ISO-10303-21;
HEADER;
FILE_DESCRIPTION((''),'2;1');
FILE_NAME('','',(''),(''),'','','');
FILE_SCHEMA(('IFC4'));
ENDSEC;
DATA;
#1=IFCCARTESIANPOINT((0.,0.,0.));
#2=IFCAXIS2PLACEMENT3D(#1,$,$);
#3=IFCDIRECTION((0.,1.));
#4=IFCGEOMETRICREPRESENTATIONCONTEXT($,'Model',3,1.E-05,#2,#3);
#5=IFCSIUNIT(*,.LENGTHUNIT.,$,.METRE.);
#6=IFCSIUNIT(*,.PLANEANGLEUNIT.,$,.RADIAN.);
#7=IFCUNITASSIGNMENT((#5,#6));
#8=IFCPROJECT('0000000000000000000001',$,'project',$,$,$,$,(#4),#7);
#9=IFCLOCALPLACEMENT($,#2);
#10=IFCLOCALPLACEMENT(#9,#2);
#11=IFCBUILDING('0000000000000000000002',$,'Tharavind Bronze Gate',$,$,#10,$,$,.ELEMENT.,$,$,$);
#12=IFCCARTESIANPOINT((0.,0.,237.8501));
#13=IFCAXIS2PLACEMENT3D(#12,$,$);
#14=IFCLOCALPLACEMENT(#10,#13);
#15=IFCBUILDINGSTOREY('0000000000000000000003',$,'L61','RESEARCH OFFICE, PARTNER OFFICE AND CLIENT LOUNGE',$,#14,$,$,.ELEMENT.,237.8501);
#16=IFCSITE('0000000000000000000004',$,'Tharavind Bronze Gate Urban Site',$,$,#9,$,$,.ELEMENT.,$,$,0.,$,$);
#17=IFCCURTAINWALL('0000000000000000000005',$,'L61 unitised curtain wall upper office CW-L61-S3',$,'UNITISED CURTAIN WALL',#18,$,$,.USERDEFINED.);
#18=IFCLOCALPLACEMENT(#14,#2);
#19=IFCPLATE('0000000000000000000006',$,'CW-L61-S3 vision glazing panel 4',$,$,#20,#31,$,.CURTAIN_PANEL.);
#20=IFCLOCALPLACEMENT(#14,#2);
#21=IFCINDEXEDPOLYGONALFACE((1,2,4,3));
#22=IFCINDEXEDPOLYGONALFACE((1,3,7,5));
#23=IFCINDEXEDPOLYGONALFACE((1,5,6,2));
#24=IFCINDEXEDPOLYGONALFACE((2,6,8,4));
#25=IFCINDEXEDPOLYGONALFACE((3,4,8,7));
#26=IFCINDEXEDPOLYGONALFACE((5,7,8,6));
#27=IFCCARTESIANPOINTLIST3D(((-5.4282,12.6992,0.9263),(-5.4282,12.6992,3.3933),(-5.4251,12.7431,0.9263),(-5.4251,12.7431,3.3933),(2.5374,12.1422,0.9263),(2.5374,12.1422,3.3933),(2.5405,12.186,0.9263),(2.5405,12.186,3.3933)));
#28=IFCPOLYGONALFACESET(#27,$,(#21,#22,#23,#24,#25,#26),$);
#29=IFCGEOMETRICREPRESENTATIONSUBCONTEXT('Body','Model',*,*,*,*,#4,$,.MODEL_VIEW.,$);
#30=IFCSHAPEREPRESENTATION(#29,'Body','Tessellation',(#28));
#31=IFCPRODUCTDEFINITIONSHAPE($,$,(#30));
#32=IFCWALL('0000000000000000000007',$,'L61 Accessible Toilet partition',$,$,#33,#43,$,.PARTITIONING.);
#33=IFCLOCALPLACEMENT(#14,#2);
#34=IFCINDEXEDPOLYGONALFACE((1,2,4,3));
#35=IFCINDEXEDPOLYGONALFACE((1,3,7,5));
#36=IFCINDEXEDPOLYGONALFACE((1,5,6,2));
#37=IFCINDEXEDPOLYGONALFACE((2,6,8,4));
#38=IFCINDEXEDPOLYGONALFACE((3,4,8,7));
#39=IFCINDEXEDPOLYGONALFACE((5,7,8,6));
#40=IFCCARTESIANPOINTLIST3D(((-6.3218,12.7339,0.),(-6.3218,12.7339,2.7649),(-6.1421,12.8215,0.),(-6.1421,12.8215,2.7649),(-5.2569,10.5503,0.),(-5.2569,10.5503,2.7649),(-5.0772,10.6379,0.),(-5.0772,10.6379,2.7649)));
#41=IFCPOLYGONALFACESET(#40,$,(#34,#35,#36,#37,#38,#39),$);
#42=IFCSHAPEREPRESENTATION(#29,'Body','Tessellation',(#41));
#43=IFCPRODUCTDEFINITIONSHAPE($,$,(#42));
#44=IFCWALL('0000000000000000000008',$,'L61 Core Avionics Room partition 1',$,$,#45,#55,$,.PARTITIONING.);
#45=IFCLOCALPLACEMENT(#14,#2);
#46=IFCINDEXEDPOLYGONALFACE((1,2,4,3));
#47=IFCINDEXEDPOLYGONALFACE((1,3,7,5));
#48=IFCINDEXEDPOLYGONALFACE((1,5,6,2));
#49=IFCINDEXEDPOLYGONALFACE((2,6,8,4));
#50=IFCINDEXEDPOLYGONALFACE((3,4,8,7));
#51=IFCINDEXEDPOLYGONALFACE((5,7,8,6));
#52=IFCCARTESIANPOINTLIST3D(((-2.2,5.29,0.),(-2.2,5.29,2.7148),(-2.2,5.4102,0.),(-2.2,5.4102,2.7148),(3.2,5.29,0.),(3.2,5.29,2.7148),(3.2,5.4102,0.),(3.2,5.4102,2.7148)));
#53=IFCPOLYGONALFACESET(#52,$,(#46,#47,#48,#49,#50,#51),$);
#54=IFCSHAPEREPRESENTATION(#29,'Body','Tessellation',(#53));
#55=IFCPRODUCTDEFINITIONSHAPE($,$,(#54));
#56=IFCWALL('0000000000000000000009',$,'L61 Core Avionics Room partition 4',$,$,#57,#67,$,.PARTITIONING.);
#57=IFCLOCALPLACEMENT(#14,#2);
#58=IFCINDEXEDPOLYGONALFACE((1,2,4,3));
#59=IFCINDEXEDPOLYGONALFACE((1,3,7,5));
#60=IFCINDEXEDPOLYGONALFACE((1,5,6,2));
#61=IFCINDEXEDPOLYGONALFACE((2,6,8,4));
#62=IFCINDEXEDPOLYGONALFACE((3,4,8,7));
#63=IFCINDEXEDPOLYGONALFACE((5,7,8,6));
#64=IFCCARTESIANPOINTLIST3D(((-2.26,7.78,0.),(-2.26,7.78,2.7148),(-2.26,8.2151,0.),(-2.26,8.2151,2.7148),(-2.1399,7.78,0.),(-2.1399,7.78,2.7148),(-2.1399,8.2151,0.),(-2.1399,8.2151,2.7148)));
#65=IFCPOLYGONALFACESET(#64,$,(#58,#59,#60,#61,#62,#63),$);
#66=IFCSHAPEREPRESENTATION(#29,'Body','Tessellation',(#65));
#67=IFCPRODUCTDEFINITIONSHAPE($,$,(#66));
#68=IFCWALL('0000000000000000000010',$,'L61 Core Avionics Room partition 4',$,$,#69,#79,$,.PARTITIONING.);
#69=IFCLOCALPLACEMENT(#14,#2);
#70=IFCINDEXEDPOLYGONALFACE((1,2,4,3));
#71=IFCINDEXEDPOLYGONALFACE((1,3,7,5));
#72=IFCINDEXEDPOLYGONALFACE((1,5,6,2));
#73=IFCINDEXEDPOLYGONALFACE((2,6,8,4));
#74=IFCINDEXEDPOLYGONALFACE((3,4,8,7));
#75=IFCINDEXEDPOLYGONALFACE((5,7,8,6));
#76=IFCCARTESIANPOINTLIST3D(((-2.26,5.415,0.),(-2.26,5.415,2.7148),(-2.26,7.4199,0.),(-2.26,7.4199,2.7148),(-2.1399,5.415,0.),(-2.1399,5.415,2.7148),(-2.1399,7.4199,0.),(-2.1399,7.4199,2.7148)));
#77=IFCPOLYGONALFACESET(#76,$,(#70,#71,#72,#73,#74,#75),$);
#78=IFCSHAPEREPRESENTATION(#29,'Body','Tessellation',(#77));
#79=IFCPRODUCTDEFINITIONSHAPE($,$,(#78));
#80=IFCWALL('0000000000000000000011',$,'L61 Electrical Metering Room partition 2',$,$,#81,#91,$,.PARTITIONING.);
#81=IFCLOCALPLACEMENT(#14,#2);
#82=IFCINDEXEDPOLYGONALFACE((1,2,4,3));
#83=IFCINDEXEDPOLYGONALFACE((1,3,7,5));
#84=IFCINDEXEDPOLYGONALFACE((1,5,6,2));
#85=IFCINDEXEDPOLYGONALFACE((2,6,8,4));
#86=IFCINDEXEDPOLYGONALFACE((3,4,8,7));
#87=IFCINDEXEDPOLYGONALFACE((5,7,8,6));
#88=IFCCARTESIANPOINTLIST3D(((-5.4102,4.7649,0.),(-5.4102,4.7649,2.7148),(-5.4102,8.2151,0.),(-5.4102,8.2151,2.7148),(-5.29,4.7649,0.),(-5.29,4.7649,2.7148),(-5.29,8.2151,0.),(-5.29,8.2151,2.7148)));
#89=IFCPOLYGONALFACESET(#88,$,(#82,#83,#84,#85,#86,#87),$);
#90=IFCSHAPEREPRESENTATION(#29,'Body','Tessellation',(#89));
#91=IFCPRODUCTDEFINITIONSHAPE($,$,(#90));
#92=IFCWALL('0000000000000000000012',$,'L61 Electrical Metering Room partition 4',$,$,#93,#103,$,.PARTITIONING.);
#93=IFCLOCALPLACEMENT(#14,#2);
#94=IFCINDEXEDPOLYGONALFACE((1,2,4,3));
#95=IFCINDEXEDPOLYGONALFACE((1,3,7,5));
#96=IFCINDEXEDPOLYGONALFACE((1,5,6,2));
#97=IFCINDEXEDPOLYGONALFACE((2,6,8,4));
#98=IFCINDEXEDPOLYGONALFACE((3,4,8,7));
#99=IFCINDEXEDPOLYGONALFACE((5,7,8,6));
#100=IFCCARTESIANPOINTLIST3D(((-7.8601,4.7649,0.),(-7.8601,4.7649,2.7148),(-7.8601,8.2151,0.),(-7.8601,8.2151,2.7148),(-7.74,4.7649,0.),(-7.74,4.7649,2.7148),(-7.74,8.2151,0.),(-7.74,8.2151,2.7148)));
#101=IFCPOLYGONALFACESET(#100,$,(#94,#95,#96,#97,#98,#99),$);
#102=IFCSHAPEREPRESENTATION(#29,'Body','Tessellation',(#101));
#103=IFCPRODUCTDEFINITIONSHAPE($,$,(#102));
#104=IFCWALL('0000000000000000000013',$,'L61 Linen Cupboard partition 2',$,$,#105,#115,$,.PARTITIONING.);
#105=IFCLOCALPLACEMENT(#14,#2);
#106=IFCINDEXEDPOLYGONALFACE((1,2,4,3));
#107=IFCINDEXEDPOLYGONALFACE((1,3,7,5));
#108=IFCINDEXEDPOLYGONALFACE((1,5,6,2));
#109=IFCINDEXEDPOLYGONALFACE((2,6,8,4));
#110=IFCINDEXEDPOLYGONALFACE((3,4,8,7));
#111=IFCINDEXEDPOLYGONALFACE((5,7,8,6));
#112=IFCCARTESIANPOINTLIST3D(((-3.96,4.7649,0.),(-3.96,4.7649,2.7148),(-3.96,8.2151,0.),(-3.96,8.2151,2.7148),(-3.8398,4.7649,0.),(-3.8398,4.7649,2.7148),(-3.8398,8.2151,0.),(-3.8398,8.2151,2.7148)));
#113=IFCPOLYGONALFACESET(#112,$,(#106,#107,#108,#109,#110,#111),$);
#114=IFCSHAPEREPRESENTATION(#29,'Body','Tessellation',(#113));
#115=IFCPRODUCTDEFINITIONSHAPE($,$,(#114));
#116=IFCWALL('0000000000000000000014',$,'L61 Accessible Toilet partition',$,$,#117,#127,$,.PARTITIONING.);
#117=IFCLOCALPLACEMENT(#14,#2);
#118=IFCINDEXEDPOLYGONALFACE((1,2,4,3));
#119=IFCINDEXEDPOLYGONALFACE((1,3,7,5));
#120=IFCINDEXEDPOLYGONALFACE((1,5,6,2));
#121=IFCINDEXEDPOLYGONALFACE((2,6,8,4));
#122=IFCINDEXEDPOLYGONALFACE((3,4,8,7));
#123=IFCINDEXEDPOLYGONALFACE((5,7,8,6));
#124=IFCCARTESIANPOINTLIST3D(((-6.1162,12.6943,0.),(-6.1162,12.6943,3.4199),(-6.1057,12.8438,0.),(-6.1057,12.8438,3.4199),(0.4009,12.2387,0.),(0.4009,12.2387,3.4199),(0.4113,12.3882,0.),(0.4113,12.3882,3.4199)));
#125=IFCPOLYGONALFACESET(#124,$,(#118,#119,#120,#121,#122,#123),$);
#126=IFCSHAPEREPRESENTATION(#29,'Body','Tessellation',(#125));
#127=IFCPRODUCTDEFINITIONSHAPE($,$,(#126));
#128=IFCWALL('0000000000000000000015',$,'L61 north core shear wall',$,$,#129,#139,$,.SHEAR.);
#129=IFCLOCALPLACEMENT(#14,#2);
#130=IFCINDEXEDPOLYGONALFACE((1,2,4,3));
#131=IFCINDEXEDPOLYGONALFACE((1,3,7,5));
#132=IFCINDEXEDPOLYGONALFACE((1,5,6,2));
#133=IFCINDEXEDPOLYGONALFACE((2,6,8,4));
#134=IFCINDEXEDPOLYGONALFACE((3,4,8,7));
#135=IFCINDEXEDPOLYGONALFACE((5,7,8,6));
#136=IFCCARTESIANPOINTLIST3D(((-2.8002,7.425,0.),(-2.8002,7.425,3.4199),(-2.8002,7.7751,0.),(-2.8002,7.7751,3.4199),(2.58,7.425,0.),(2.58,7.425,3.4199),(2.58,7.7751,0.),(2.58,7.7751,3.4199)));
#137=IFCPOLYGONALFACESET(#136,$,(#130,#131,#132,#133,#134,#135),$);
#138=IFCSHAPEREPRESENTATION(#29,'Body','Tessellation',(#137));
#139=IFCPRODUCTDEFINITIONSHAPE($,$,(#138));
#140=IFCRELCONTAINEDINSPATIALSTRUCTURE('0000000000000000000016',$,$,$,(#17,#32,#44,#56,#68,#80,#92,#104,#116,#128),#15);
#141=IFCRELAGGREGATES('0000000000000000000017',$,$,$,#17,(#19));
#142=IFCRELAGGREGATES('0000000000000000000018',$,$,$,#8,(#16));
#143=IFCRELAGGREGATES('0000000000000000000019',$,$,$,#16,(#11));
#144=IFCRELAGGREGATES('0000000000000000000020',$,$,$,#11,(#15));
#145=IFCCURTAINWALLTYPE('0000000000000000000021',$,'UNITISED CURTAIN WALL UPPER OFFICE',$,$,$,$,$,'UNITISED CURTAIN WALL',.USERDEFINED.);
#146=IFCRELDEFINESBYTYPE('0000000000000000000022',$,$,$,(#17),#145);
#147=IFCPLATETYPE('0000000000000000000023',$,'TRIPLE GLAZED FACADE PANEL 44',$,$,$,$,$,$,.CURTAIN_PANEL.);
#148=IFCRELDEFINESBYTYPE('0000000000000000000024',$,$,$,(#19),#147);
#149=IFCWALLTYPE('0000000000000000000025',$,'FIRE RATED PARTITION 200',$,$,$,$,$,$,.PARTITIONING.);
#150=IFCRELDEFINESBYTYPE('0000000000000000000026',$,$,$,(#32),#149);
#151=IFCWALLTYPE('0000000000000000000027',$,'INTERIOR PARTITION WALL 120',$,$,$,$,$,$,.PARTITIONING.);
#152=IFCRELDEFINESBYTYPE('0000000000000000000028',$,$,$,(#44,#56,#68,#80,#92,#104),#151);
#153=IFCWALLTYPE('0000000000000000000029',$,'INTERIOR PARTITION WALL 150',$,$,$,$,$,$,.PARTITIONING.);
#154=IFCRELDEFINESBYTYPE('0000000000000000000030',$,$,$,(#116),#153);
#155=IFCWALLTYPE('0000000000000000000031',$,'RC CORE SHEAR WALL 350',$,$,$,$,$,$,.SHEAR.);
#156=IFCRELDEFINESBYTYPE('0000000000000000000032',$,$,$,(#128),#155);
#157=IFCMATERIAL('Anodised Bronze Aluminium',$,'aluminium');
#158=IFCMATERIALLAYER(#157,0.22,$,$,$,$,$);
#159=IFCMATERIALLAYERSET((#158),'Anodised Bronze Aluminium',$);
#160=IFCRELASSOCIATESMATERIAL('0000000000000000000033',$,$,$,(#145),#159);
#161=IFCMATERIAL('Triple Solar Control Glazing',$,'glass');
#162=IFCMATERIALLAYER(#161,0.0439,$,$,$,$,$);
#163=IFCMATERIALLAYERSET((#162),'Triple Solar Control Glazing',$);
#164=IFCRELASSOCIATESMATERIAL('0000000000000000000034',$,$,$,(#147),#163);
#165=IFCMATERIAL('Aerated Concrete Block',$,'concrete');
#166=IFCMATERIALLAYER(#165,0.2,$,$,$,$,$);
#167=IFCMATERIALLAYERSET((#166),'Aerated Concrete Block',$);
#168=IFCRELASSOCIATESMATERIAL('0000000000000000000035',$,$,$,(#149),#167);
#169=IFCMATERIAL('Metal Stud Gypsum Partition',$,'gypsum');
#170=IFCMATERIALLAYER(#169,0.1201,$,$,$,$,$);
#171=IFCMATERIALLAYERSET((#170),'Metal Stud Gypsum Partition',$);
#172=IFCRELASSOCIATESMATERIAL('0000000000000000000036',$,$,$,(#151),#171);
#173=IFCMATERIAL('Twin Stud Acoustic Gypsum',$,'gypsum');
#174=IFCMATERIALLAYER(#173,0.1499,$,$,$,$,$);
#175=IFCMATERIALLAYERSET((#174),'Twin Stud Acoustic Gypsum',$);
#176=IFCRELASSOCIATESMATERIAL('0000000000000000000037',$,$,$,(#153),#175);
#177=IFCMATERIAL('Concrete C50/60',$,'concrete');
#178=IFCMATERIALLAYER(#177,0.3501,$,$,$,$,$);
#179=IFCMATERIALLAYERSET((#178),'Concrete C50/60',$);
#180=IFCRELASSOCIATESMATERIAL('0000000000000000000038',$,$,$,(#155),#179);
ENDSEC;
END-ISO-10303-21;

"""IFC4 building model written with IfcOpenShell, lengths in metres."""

from ifc_helpers import new_model, si_unit, direction, frame, frame_2d, origin, origin_2d, place, context, subcontext, project, spatial, rectangle, extrude, material, layer, layer_set, type_object, element, aggregate, save


model = new_model("IFC4")

# Units and contexts
model_context = context("Model", 3, precision=1e-05, world=origin(), true_north=direction((0.0, 1.0)))
body_context = subcontext(model_context, "Body", "Model", "MODEL_VIEW")
ifc_project = project(units=[si_unit("LENGTHUNIT", "METRE"), si_unit("PLANEANGLEUNIT", "RADIAN")], contexts=[model_context])

# Site, building, storey
site_placement = place(None, origin())
site = spatial("IfcSite", under=ifc_project, at=site_placement, Name="Tharavind Bronze Gate Urban Site", CompositionType="ELEMENT", RefElevation=0.0)
building_placement = place(site_placement, origin())
building = spatial("IfcBuilding", under=site, at=building_placement, Name="Tharavind Bronze Gate", CompositionType="ELEMENT")
storey_placement = place(building_placement, frame((0.0, 0.0, 237.8501)))
storey = spatial("IfcBuildingStorey", under=building, at=storey_placement, Name="L61", Description="RESEARCH OFFICE, PARTNER OFFICE AND CLIENT LOUNGE", CompositionType="ELEMENT", Elevation=237.8501)

# Curtain wall
ifc_material_1 = material(Name="Anodised Bronze Aluminium", Category="aluminium")
ifc_layer_1 = layer(ifc_material_1, 0.22)
ifc_layer_set_1 = layer_set([ifc_layer_1], Name="Anodised Bronze Aluminium")
curtain_wall_type = type_object("IfcCurtainWallType", Name="UNITISED CURTAIN WALL UPPER OFFICE", ElementType="UNITISED CURTAIN WALL", PredefinedType="USERDEFINED", material=ifc_layer_set_1)
curtain_wall_placement = place(storey_placement, origin())
curtain_wall = element("IfcCurtainWall", 1, at=curtain_wall_placement, inside=storey, type_object=curtain_wall_type, Name="L61 unitised curtain wall upper office CW-L61-S3", ObjectType="UNITISED CURTAIN WALL", PredefinedType="USERDEFINED")

# Plate
ifc_material_2 = material(Name="Triple Solar Control Glazing", Category="glass")
ifc_layer_2 = layer(ifc_material_2, 0.0439)
ifc_layer_set_2 = layer_set([ifc_layer_2], Name="Triple Solar Control Glazing")
plate_type_1 = type_object("IfcPlateType", Name="TRIPLE GLAZED FACADE PANEL 44", PredefinedType="CURTAIN_PANEL", material=ifc_layer_set_2)
plate_1_placement = place(storey_placement, frame((-1.4438, 12.4426, 0.9263), z_axis=(0.0, 0.0, 1.0), x_axis=(-0.997564, 0.069758, 0.0)))
plate_1 = element("IfcPlate", 2, at=plate_1_placement, type_object=plate_type_1, Name="CW-L61-S3 vision glazing panel 4", PredefinedType="CURTAIN_PANEL", context=body_context, shape_type="SweptSolid", body=[
    extrude(rectangle(XDim=7.9851, YDim=0.0439, at=origin_2d()), origin(), (0.0, 0.0, 1.0), 2.467),
])
aggregate(curtain_wall, [plate_1])

# Wall
ifc_material_3 = material(Name="Aerated Concrete Block", Category="concrete")
ifc_layer_3 = layer(ifc_material_3, 0.2)
ifc_layer_set_3 = layer_set([ifc_layer_3], Name="Aerated Concrete Block")
wall_type_1 = type_object("IfcWallType", Name="FIRE RATED PARTITION 200", PredefinedType="PARTITIONING", material=ifc_layer_set_3)
wall_1_placement = place(storey_placement, frame((-5.167, 10.594, 0.0), z_axis=(0.0, 0.0, 1.0), x_axis=(-0.438348, 0.898805, 0.0)))
element("IfcWall", 3, at=wall_1_placement, inside=storey, type_object=wall_type_1, Name="L61 Accessible Toilet partition", PredefinedType="PARTITIONING", context=body_context, shape_type="SweptSolid", body=[
    extrude(rectangle(XDim=2.4294, YDim=0.2, at=frame_2d((1.2148, 0.0))), origin(), (0.0, 0.0, 1.0), 2.7649),
])

# Walls
ifc_material_4 = material(Name="Metal Stud Gypsum Partition", Category="gypsum")
ifc_layer_4 = layer(ifc_material_4, 0.1201)
ifc_layer_set_4 = layer_set([ifc_layer_4], Name="Metal Stud Gypsum Partition")
wall_type_2 = type_object("IfcWallType", Name="INTERIOR PARTITION WALL 120", PredefinedType="PARTITIONING", material=ifc_layer_set_4)
wall_2_placement = place(storey_placement, frame((-2.2, 5.3501, 0.0), z_axis=(0.0, 0.0, 1.0), x_axis=(1.0, 0.0, 0.0)))
element("IfcWall", 4, at=wall_2_placement, inside=storey, type_object=wall_type_2, Name="L61 Core Avionics Room partition 1", PredefinedType="PARTITIONING", context=body_context, shape_type="SweptSolid", body=[
    extrude(rectangle(XDim=5.3999, YDim=0.1201, at=frame_2d((2.7, 0.0))), origin(), (0.0, 0.0, 1.0), 2.7148),
])
wall_3_placement = place(storey_placement, frame((-2.2, 8.2151, 0.0), z_axis=(0.0, 0.0, 1.0), x_axis=(0.0, -1.0, 0.0)))
element("IfcWall", 5, at=wall_3_placement, inside=storey, type_object=wall_type_2, Name="L61 Core Avionics Room partition 4", PredefinedType="PARTITIONING", context=body_context, shape_type="SweptSolid", body=[
    extrude(rectangle(XDim=0.4351, YDim=0.1201, at=frame_2d((0.2175, 0.0))), origin(), (0.0, 0.0, 1.0), 2.7148),
])
wall_4_placement = place(storey_placement, frame((-2.2, 7.4199, 0.0), z_axis=(0.0, 0.0, 1.0), x_axis=(0.0, -1.0, 0.0)))
element("IfcWall", 6, at=wall_4_placement, inside=storey, type_object=wall_type_2, Name="L61 Core Avionics Room partition 4", PredefinedType="PARTITIONING", context=body_context, shape_type="SweptSolid", body=[
    extrude(rectangle(XDim=2.0049, YDim=0.1201, at=frame_2d((1.0024, 0.0))), origin(), (0.0, 0.0, 1.0), 2.7148),
])
for number, where, z_axis, x_axis, name in (
    (7, (-5.3501, 4.7649, 0.0), (0.0, 0.0, 1.0), (0.0, 1.0, 0.0), "L61 Electrical Metering Room partition 2"),
    (8, (-7.8, 8.2151, 0.0), (0.0, 0.0, 1.0), (0.0, -1.0, 0.0), "L61 Electrical Metering Room partition 4"),
    (9, (-3.8999, 4.7649, 0.0), (0.0, 0.0, 1.0), (0.0, 1.0, 0.0), "L61 Linen Cupboard partition 2"),
):
    element("IfcWall", number, at=place(storey_placement, frame(where, z_axis=z_axis, x_axis=x_axis)), inside=storey, type_object=wall_type_2, Name=name, PredefinedType="PARTITIONING", context=body_context, shape_type="SweptSolid", body=[
        extrude(rectangle(XDim=3.4502, YDim=0.1201, at=frame_2d((1.7251, 0.0))), origin(), (0.0, 0.0, 1.0), 2.7148),
    ])
ifc_material_5 = material(Name="Twin Stud Acoustic Gypsum", Category="gypsum")
ifc_layer_5 = layer(ifc_material_5, 0.1499)
ifc_layer_set_5 = layer_set([ifc_layer_5], Name="Twin Stud Acoustic Gypsum")
wall_type_3 = type_object("IfcWallType", Name="INTERIOR PARTITION WALL 150", PredefinedType="PARTITIONING", material=ifc_layer_set_5)
wall_5_placement = place(storey_placement, frame((-6.1111, 12.769, 0.0), z_axis=(0.0, 0.0, 1.0), x_axis=(0.997566, -0.069733, 0.0)))
element("IfcWall", 10, at=wall_5_placement, inside=storey, type_object=wall_type_3, Name="L61 Accessible Toilet partition", PredefinedType="PARTITIONING", context=body_context, shape_type="SweptSolid", body=[
    extrude(rectangle(XDim=6.533, YDim=0.1499, at=frame_2d((3.2666, 0.0))), origin(), (0.0, 0.0, 1.0), 3.4199),
])
ifc_material_6 = material(Name="Concrete C50/60", Category="concrete")
ifc_layer_6 = layer(ifc_material_6, 0.3501)
ifc_layer_set_6 = layer_set([ifc_layer_6], Name="Concrete C50/60")
wall_type_4 = type_object("IfcWallType", Name="RC CORE SHEAR WALL 350", PredefinedType="SHEAR", material=ifc_layer_set_6)
wall_6_placement = place(storey_placement, frame((-2.8, 7.6001, 0.0), z_axis=(0.0, 0.0, 1.0), x_axis=(1.0, 0.0, 0.0)))
element("IfcWall", 11, at=wall_6_placement, inside=storey, type_object=wall_type_4, Name="L61 north core shear wall", PredefinedType="SHEAR", context=body_context, shape_type="SweptSolid", body=[
    extrude(rectangle(XDim=5.3801, YDim=0.3501, at=frame_2d((2.6899, 0.0))), origin(), (0.0, 0.0, 1.0), 3.4199),
])

save(model, "model.ifc")
